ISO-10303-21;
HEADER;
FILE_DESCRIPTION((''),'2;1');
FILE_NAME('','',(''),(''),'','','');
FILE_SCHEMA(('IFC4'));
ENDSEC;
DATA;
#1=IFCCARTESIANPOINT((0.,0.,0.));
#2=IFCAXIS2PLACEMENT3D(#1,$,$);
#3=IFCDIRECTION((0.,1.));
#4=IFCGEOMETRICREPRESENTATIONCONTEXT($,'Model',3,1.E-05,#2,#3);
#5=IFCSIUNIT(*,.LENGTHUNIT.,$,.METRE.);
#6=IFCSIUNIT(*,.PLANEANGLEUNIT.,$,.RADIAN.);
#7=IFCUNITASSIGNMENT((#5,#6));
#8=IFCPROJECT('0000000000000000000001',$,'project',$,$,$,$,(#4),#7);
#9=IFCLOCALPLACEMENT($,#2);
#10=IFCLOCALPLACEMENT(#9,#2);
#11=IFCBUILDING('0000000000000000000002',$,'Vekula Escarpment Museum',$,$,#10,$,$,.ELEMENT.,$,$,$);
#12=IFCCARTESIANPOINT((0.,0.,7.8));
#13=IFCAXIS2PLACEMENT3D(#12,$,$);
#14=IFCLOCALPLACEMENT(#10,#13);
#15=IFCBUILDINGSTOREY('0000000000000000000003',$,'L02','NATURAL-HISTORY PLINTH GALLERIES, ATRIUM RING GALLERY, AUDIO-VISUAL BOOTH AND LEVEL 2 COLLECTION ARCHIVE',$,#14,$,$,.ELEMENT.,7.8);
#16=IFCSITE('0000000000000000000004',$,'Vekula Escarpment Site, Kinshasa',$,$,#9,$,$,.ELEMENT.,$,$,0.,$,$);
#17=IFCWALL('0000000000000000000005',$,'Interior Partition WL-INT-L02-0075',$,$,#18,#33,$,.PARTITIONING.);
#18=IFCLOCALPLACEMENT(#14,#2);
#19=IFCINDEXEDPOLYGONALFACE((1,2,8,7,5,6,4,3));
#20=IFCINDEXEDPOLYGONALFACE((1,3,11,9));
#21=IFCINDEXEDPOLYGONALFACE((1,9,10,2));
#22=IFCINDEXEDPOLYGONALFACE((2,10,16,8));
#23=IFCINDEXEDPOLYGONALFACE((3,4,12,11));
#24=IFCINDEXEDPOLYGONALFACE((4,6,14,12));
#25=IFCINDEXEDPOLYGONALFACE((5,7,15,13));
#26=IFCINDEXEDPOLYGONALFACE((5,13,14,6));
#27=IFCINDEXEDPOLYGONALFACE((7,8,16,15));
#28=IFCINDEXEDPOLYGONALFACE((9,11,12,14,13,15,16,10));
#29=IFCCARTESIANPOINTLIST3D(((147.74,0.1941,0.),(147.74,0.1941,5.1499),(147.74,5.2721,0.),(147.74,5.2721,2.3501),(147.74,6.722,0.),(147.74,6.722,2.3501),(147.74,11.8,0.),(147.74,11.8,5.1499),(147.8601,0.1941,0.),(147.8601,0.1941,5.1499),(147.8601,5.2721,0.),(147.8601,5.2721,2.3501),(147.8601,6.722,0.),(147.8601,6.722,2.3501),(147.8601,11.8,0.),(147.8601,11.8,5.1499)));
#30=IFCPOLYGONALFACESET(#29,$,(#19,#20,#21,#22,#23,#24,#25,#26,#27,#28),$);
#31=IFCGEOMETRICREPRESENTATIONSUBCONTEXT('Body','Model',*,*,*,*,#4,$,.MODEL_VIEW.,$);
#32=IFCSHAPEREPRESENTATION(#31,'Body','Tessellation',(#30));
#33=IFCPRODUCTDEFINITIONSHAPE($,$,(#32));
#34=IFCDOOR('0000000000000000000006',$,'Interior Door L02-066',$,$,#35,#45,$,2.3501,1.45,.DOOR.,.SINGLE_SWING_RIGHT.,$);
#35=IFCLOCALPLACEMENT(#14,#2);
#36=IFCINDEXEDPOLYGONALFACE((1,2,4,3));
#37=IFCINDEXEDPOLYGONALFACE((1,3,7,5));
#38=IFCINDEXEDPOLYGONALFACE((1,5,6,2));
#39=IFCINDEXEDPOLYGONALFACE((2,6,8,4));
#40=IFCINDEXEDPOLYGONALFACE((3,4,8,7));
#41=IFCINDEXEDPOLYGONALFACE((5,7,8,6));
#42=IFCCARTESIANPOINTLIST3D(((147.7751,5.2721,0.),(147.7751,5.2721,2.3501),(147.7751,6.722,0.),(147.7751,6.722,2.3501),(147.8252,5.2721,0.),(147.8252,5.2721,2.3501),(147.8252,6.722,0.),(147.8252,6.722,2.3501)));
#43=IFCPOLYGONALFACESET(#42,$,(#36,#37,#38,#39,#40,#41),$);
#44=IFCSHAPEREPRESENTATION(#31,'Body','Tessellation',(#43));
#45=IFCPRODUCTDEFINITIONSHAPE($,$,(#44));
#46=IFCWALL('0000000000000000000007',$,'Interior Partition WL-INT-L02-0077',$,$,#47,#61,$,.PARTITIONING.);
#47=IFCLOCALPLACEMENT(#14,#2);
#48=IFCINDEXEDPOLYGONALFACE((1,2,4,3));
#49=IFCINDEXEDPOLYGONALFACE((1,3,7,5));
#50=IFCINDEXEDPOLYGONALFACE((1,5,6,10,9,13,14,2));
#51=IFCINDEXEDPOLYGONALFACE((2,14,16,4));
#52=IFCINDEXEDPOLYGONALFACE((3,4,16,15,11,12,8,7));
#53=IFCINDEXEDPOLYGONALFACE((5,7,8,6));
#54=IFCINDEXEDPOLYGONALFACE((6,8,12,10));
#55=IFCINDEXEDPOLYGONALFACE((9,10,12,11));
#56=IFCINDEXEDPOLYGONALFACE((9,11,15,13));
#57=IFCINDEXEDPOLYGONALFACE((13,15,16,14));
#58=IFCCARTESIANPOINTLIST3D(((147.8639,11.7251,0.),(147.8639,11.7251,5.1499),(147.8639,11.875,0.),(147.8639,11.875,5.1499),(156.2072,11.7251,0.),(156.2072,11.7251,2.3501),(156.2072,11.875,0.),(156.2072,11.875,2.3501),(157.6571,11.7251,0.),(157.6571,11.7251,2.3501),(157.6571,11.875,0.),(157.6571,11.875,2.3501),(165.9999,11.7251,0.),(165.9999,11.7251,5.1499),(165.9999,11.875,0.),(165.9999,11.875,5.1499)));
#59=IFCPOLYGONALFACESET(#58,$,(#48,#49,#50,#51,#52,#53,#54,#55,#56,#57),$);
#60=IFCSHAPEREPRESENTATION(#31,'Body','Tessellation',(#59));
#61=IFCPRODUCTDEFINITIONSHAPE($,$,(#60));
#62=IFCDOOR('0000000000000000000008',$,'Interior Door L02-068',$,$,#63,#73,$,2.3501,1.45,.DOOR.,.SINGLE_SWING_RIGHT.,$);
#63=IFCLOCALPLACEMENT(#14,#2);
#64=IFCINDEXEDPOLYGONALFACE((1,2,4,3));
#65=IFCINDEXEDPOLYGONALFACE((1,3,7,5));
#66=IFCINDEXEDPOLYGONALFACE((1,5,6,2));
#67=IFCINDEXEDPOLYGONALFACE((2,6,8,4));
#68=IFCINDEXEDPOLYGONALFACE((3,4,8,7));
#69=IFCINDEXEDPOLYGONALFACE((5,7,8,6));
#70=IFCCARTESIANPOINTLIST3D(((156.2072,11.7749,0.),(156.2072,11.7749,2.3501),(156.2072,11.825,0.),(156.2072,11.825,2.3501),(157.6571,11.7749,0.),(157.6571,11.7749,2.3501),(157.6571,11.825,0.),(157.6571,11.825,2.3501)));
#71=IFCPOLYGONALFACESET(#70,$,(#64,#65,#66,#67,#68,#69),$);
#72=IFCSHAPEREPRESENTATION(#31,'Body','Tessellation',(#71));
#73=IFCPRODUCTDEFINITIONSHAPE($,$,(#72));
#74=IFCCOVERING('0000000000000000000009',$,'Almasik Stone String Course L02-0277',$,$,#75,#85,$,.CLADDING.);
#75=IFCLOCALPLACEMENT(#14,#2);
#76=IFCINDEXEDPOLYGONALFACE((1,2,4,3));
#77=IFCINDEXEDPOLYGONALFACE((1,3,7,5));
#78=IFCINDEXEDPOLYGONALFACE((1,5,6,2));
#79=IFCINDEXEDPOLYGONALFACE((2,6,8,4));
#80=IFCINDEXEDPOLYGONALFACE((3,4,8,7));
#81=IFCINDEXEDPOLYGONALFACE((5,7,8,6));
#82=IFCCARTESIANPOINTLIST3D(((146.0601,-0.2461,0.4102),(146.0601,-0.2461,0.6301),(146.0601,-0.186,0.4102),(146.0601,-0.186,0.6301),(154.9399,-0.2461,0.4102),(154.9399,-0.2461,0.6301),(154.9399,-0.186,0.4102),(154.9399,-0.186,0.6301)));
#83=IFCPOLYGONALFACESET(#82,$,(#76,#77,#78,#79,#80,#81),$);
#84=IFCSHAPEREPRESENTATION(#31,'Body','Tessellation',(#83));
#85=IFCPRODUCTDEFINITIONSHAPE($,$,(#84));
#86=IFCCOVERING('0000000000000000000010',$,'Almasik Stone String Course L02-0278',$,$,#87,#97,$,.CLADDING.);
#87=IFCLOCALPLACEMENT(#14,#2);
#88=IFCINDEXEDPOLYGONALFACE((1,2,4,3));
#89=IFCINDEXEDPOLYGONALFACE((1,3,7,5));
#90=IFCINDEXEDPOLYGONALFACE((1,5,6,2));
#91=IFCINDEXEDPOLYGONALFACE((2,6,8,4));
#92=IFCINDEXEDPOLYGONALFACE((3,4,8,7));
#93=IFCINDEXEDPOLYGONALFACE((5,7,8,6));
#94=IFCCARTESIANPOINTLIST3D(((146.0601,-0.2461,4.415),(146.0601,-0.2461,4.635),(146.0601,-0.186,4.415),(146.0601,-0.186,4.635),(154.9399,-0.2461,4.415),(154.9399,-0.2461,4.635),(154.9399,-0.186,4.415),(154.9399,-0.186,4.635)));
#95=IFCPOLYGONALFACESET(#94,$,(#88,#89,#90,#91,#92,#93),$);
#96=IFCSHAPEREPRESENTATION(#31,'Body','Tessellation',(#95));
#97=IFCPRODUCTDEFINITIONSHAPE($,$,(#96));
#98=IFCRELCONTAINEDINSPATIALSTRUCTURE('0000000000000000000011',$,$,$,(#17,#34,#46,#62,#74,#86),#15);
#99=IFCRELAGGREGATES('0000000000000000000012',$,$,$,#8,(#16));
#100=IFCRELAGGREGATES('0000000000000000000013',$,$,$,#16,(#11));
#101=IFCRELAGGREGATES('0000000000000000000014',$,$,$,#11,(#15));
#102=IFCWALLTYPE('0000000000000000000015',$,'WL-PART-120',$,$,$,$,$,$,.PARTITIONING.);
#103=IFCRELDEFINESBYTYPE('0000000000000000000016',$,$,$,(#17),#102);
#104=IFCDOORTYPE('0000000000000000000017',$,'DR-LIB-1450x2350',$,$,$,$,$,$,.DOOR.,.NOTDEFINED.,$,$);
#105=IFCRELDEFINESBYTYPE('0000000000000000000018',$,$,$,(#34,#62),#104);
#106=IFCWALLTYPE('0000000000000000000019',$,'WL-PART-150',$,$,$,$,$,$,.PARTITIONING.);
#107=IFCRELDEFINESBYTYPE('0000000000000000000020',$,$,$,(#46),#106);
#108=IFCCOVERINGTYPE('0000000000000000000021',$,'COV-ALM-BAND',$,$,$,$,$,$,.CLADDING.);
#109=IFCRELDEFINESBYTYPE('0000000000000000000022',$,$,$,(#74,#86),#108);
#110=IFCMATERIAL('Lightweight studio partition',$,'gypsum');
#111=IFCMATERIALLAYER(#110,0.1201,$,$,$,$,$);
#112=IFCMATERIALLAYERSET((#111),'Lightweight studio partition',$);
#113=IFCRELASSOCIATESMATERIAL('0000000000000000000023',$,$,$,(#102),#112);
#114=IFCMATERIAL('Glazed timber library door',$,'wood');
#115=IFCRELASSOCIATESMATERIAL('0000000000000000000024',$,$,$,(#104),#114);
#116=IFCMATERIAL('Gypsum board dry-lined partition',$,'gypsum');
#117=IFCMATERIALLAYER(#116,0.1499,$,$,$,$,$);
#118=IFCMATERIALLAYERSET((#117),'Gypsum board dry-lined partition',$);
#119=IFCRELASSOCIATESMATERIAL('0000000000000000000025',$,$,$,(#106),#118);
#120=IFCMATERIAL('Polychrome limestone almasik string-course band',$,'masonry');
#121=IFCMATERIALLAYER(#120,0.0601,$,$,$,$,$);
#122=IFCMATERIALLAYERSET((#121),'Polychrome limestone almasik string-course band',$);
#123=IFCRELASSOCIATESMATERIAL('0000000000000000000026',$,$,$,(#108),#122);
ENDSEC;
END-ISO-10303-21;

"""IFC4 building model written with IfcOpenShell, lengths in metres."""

from ifc_helpers import new_model, si_unit, direction, frame, frame_2d, origin, origin_2d, place, context, subcontext, project, spatial, rectangle, extrude, material, layer, layer_set, type_object, element, fill, save


model = new_model("IFC4")

# Units and contexts
model_context = context("Model", 3, precision=1e-05, world=origin(), true_north=direction((0.0, 1.0)))
body_context = subcontext(model_context, "Body", "Model", "MODEL_VIEW")
ifc_project = project(units=[si_unit("LENGTHUNIT", "METRE"), si_unit("PLANEANGLEUNIT", "RADIAN")], contexts=[model_context])

# Site, building, storey
site_placement = place(None, origin())
site = spatial("IfcSite", under=ifc_project, at=site_placement, Name="Vekula Escarpment Site, Kinshasa", CompositionType="ELEMENT", RefElevation=0.0)
building_placement = place(site_placement, origin())
building = spatial("IfcBuilding", under=site, at=building_placement, Name="Vekula Escarpment Museum", CompositionType="ELEMENT")
storey_placement = place(building_placement, frame((0.0, 0.0, 7.8)))
storey = spatial("IfcBuildingStorey", under=building, at=storey_placement, Name="L02", Description="NATURAL-HISTORY PLINTH GALLERIES, ATRIUM RING GALLERY, AUDIO-VISUAL BOOTH AND LEVEL 2 COLLECTION ARCHIVE", CompositionType="ELEMENT", Elevation=7.8)

# Walls, openings, doors
ifc_material_1 = material(Name="Lightweight studio partition", Category="gypsum")
ifc_layer_1 = layer(ifc_material_1, 0.1201)
ifc_layer_set_1 = layer_set([ifc_layer_1], Name="Lightweight studio partition")
wall_type_1 = type_object("IfcWallType", Name="WL-PART-120", PredefinedType="PARTITIONING", material=ifc_layer_set_1)
wall_1_placement = place(storey_placement, frame((147.8, 0.1941, 0.0), z_axis=(0.0, 0.0, 1.0), x_axis=(0.0, 1.0, 0.0)))
wall_1 = element("IfcWall", 1, at=wall_1_placement, inside=storey, type_object=wall_type_1, Name="Interior Partition WL-INT-L02-0075", PredefinedType="PARTITIONING", context=body_context, shape_type="SweptSolid", body=[
    extrude(rectangle(XDim=11.606, YDim=0.1201, at=frame_2d((5.803, 0.0))), origin(), (0.0, 0.0, 1.0), 5.1499),
])
opening_1_placement = place(wall_1_placement, frame((5.0779, 0.0, 0.0)))
opening_1 = element("IfcOpeningElement", 2, at=opening_1_placement, cuts=wall_1, PredefinedType="OPENING", context=body_context, shape_type="SweptSolid", body=[
    extrude(rectangle(XDim=1.45, YDim=2.3501, at=frame_2d((0.7251, 1.175))), frame((0.0, 0.0701, 0.0), z_axis=(0.0, -1.0, 0.0), x_axis=(1.0, 0.0, 0.0)), (0.0, 0.0, 1.0), 0.1401),
])
ifc_material_2 = material(Name="Glazed timber library door", Category="wood")
door_type = type_object("IfcDoorType", Name="DR-LIB-1450x2350", OperationType="NOTDEFINED", PredefinedType="DOOR", material=ifc_material_2)
door_1_placement = place(opening_1_placement, origin())
door_1 = element("IfcDoor", 3, at=door_1_placement, inside=storey, type_object=door_type, Name="Interior Door L02-066", OperationType="SINGLE_SWING_RIGHT", OverallHeight=2.3501, OverallWidth=1.45, PredefinedType="DOOR", context=body_context, shape_type="SweptSolid", body=[
    extrude(rectangle(XDim=1.45, YDim=2.3501, at=frame_2d((0.7251, 1.175))), frame((0.0, 0.0249, 0.0), z_axis=(0.0, -1.0, 0.0), x_axis=(1.0, 0.0, 0.0)), (0.0, 0.0, 1.0), 0.05),
])
fill(opening_1, door_1)
ifc_material_3 = material(Name="Gypsum board dry-lined partition", Category="gypsum")
ifc_layer_2 = layer(ifc_material_3, 0.1499)
ifc_layer_set_2 = layer_set([ifc_layer_2], Name="Gypsum board dry-lined partition")
wall_type_2 = type_object("IfcWallType", Name="WL-PART-150", PredefinedType="PARTITIONING", material=ifc_layer_set_2)
wall_2_placement = place(storey_placement, frame((147.864, 11.8, 0.0), z_axis=(0.0, 0.0, 1.0), x_axis=(1.0, 0.0, 0.0)))
wall_2 = element("IfcWall", 4, at=wall_2_placement, inside=storey, type_object=wall_type_2, Name="Interior Partition WL-INT-L02-0077", PredefinedType="PARTITIONING", context=body_context, shape_type="SweptSolid", body=[
    extrude(rectangle(XDim=18.136, YDim=0.1499, at=frame_2d((9.0679, 0.0))), origin(), (0.0, 0.0, 1.0), 5.1499),
])
opening_2_placement = place(wall_2_placement, frame((8.343, 0.0, 0.0)))
opening_2 = element("IfcOpeningElement", 5, at=opening_2_placement, cuts=wall_2, PredefinedType="OPENING", context=body_context, shape_type="SweptSolid", body=[
    extrude(rectangle(XDim=1.45, YDim=2.3501, at=frame_2d((0.7251, 1.175))), frame((0.0, 0.085, 0.0), z_axis=(0.0, -1.0, 0.0), x_axis=(1.0, 0.0, 0.0)), (0.0, 0.0, 1.0), 0.1699),
])
door_2_placement = place(opening_2_placement, origin())
door_2 = element("IfcDoor", 6, at=door_2_placement, inside=storey, type_object=door_type, Name="Interior Door L02-068", OperationType="SINGLE_SWING_RIGHT", OverallHeight=2.3501, OverallWidth=1.45, PredefinedType="DOOR", context=body_context, shape_type="SweptSolid", body=[
    extrude(rectangle(XDim=1.45, YDim=2.3501, at=frame_2d((0.7251, 1.175))), frame((0.0, 0.0249, 0.0), z_axis=(0.0, -1.0, 0.0), x_axis=(1.0, 0.0, 0.0)), (0.0, 0.0, 1.0), 0.05),
])
fill(opening_2, door_2)

# Coverings
ifc_material_4 = material(Name="Polychrome limestone almasik string-course band", Category="masonry")
ifc_layer_3 = layer(ifc_material_4, 0.0601)
ifc_layer_set_3 = layer_set([ifc_layer_3], Name="Polychrome limestone almasik string-course band")
covering_type = type_object("IfcCoveringType", Name="COV-ALM-BAND", PredefinedType="CLADDING", material=ifc_layer_set_3)
for number, where, z_axis, x_axis, name in (
    (7, (150.5, -0.2161, 0.4102), (0.0, 0.0, 1.0), (1.0, 0.0, 0.0), "Almasik Stone String Course L02-0277"),
    (8, (150.5, -0.2161, 4.415), (0.0, 0.0, 1.0), (1.0, 0.0, 0.0), "Almasik Stone String Course L02-0278"),
):
    element("IfcCovering", number, at=place(storey_placement, frame(where, z_axis=z_axis, x_axis=x_axis)), inside=storey, type_object=covering_type, Name=name, PredefinedType="CLADDING", context=body_context, shape_type="SweptSolid", body=[
        extrude(rectangle(XDim=8.8799, YDim=0.0601, at=origin_2d()), origin(), (0.0, 0.0, 1.0), 0.22),
    ])

save(model, "model.ifc")
